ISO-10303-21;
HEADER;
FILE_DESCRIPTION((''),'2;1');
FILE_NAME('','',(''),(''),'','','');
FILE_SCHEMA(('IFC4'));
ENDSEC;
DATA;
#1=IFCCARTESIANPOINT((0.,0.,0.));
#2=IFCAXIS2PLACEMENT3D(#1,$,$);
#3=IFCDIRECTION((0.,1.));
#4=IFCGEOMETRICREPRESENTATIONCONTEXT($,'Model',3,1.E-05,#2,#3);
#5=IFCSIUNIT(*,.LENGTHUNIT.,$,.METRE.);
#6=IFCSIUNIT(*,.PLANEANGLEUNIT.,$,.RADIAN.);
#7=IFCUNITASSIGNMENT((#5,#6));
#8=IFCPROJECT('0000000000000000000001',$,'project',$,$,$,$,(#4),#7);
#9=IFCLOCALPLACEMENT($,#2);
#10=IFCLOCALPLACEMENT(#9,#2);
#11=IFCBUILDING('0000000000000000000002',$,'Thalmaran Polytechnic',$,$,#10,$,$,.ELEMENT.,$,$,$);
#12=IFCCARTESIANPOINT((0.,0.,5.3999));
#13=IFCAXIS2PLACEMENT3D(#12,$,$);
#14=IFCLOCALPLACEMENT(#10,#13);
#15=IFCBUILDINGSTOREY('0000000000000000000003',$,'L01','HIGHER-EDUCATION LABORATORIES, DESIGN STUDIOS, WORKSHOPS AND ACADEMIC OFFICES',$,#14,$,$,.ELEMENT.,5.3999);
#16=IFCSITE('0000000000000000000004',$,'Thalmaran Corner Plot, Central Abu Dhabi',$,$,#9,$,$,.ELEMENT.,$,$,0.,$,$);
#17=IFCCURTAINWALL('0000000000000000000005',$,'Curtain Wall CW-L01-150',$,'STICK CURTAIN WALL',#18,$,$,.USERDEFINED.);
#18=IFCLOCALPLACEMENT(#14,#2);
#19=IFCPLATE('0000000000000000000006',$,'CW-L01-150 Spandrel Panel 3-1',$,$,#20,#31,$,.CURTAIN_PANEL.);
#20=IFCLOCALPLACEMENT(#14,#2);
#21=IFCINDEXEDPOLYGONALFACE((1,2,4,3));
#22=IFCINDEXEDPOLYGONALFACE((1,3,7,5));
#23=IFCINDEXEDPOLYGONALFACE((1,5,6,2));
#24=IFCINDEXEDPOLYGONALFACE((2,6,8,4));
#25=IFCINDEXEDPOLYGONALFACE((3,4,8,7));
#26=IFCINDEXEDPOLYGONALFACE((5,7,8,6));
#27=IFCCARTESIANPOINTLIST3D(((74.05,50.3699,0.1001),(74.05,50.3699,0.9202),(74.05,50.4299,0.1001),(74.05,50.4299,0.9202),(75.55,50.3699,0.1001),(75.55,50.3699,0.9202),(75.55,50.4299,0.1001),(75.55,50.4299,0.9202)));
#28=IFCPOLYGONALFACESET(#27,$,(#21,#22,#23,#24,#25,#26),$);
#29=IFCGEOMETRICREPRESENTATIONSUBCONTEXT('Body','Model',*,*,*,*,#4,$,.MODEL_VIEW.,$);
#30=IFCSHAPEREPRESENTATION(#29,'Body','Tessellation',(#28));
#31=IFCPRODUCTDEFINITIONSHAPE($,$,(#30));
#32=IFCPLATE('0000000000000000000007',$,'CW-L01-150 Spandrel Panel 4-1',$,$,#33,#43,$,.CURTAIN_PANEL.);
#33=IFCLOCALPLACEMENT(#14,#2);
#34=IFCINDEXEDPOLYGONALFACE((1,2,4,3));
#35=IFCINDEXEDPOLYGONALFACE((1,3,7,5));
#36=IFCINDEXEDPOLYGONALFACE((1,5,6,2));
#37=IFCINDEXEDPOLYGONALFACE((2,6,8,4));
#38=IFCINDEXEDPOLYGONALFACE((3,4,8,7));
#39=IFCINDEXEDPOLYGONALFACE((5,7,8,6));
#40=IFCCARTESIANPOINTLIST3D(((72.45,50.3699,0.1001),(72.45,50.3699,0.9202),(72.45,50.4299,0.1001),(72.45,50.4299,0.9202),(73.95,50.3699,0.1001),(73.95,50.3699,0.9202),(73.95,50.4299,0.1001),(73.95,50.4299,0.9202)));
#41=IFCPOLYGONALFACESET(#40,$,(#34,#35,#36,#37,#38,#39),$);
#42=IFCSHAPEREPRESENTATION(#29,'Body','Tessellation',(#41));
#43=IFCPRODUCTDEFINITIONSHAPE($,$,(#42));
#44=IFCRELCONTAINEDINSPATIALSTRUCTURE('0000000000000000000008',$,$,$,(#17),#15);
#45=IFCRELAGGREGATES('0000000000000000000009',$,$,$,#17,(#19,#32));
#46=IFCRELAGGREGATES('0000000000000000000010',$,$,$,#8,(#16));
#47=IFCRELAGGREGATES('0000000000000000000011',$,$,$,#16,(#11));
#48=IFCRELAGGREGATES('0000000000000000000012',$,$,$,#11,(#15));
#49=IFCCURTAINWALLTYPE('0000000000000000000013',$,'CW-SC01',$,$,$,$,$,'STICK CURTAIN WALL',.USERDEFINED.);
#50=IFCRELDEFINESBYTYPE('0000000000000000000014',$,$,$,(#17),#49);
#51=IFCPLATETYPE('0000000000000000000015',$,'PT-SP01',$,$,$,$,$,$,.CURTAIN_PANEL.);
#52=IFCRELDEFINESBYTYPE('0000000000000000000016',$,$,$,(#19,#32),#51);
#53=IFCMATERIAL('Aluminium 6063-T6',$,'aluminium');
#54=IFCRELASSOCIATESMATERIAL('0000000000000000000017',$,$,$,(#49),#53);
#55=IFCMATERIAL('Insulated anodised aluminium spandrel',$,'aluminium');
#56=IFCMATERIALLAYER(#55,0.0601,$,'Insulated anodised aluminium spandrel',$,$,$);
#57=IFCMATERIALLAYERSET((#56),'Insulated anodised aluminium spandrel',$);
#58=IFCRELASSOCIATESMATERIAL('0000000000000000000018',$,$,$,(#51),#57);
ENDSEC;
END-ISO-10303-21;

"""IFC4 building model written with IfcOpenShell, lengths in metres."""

from ifc_helpers import new_model, si_unit, direction, frame, origin, origin_2d, place, context, subcontext, project, spatial, rectangle, extrude, material, layer, layer_set, type_object, element, aggregate, save


model = new_model("IFC4")

# Units and contexts
model_context = context("Model", 3, precision=1e-05, world=origin(), true_north=direction((0.0, 1.0)))
body_context = subcontext(model_context, "Body", "Model", "MODEL_VIEW")
ifc_project = project(units=[si_unit("LENGTHUNIT", "METRE"), si_unit("PLANEANGLEUNIT", "RADIAN")], contexts=[model_context])

# Site, building, storey
site_placement = place(None, origin())
site = spatial("IfcSite", under=ifc_project, at=site_placement, Name="Thalmaran Corner Plot, Central Abu Dhabi", CompositionType="ELEMENT", RefElevation=0.0)
building_placement = place(site_placement, origin())
building = spatial("IfcBuilding", under=site, at=building_placement, Name="Thalmaran Polytechnic", CompositionType="ELEMENT")
storey_placement = place(building_placement, frame((0.0, 0.0, 5.3999)))
storey = spatial("IfcBuildingStorey", under=building, at=storey_placement, Name="L01", Description="HIGHER-EDUCATION LABORATORIES, DESIGN STUDIOS, WORKSHOPS AND ACADEMIC OFFICES", CompositionType="ELEMENT", Elevation=5.3999)

# Curtain wall
ifc_material_1 = material(Name="Aluminium 6063-T6", Category="aluminium")
curtain_wall_type = type_object("IfcCurtainWallType", Name="CW-SC01", ElementType="STICK CURTAIN WALL", PredefinedType="USERDEFINED", material=ifc_material_1)
curtain_wall_1_placement = place(storey_placement, origin())
curtain_wall_1 = element("IfcCurtainWall", 1, at=curtain_wall_1_placement, inside=storey, type_object=curtain_wall_type, Name="Curtain Wall CW-L01-150", ObjectType="STICK CURTAIN WALL", PredefinedType="USERDEFINED")

# Plates
ifc_material_2 = material(Name="Insulated anodised aluminium spandrel", Category="aluminium")
ifc_layer_1 = layer(ifc_material_2, 0.0601, Name="Insulated anodised aluminium spandrel")
ifc_layer_set_1 = layer_set([ifc_layer_1], Name="Insulated anodised aluminium spandrel")
plate_type_1 = type_object("IfcPlateType", Name="PT-SP01", PredefinedType="CURTAIN_PANEL", material=ifc_layer_set_1)
plate_1_placement = place(storey_placement, frame((74.8, 50.3999, 0.1001), z_axis=(0.0, 0.0, 1.0), x_axis=(-1.0, 0.0, 0.0)))
plate_1 = element("IfcPlate", 2, at=plate_1_placement, type_object=plate_type_1, Name="CW-L01-150 Spandrel Panel 3-1", PredefinedType="CURTAIN_PANEL", context=body_context, shape_type="SweptSolid", body=[
    extrude(rectangle(XDim=1.5, YDim=0.0601, at=origin_2d()), origin(), (0.0, 0.0, 1.0), 0.8201),
])
plate_2_placement = place(storey_placement, frame((73.2, 50.3999, 0.1001), z_axis=(0.0, 0.0, 1.0), x_axis=(-1.0, 0.0, 0.0)))
plate_2 = element("IfcPlate", 3, at=plate_2_placement, type_object=plate_type_1, Name="CW-L01-150 Spandrel Panel 4-1", PredefinedType="CURTAIN_PANEL", context=body_context, shape_type="SweptSolid", body=[
    extrude(rectangle(XDim=1.5, YDim=0.0601, at=origin_2d()), origin(), (0.0, 0.0, 1.0), 0.8201),
])
aggregate(curtain_wall_1, [plate_1, plate_2])

save(model, "model.ifc")
